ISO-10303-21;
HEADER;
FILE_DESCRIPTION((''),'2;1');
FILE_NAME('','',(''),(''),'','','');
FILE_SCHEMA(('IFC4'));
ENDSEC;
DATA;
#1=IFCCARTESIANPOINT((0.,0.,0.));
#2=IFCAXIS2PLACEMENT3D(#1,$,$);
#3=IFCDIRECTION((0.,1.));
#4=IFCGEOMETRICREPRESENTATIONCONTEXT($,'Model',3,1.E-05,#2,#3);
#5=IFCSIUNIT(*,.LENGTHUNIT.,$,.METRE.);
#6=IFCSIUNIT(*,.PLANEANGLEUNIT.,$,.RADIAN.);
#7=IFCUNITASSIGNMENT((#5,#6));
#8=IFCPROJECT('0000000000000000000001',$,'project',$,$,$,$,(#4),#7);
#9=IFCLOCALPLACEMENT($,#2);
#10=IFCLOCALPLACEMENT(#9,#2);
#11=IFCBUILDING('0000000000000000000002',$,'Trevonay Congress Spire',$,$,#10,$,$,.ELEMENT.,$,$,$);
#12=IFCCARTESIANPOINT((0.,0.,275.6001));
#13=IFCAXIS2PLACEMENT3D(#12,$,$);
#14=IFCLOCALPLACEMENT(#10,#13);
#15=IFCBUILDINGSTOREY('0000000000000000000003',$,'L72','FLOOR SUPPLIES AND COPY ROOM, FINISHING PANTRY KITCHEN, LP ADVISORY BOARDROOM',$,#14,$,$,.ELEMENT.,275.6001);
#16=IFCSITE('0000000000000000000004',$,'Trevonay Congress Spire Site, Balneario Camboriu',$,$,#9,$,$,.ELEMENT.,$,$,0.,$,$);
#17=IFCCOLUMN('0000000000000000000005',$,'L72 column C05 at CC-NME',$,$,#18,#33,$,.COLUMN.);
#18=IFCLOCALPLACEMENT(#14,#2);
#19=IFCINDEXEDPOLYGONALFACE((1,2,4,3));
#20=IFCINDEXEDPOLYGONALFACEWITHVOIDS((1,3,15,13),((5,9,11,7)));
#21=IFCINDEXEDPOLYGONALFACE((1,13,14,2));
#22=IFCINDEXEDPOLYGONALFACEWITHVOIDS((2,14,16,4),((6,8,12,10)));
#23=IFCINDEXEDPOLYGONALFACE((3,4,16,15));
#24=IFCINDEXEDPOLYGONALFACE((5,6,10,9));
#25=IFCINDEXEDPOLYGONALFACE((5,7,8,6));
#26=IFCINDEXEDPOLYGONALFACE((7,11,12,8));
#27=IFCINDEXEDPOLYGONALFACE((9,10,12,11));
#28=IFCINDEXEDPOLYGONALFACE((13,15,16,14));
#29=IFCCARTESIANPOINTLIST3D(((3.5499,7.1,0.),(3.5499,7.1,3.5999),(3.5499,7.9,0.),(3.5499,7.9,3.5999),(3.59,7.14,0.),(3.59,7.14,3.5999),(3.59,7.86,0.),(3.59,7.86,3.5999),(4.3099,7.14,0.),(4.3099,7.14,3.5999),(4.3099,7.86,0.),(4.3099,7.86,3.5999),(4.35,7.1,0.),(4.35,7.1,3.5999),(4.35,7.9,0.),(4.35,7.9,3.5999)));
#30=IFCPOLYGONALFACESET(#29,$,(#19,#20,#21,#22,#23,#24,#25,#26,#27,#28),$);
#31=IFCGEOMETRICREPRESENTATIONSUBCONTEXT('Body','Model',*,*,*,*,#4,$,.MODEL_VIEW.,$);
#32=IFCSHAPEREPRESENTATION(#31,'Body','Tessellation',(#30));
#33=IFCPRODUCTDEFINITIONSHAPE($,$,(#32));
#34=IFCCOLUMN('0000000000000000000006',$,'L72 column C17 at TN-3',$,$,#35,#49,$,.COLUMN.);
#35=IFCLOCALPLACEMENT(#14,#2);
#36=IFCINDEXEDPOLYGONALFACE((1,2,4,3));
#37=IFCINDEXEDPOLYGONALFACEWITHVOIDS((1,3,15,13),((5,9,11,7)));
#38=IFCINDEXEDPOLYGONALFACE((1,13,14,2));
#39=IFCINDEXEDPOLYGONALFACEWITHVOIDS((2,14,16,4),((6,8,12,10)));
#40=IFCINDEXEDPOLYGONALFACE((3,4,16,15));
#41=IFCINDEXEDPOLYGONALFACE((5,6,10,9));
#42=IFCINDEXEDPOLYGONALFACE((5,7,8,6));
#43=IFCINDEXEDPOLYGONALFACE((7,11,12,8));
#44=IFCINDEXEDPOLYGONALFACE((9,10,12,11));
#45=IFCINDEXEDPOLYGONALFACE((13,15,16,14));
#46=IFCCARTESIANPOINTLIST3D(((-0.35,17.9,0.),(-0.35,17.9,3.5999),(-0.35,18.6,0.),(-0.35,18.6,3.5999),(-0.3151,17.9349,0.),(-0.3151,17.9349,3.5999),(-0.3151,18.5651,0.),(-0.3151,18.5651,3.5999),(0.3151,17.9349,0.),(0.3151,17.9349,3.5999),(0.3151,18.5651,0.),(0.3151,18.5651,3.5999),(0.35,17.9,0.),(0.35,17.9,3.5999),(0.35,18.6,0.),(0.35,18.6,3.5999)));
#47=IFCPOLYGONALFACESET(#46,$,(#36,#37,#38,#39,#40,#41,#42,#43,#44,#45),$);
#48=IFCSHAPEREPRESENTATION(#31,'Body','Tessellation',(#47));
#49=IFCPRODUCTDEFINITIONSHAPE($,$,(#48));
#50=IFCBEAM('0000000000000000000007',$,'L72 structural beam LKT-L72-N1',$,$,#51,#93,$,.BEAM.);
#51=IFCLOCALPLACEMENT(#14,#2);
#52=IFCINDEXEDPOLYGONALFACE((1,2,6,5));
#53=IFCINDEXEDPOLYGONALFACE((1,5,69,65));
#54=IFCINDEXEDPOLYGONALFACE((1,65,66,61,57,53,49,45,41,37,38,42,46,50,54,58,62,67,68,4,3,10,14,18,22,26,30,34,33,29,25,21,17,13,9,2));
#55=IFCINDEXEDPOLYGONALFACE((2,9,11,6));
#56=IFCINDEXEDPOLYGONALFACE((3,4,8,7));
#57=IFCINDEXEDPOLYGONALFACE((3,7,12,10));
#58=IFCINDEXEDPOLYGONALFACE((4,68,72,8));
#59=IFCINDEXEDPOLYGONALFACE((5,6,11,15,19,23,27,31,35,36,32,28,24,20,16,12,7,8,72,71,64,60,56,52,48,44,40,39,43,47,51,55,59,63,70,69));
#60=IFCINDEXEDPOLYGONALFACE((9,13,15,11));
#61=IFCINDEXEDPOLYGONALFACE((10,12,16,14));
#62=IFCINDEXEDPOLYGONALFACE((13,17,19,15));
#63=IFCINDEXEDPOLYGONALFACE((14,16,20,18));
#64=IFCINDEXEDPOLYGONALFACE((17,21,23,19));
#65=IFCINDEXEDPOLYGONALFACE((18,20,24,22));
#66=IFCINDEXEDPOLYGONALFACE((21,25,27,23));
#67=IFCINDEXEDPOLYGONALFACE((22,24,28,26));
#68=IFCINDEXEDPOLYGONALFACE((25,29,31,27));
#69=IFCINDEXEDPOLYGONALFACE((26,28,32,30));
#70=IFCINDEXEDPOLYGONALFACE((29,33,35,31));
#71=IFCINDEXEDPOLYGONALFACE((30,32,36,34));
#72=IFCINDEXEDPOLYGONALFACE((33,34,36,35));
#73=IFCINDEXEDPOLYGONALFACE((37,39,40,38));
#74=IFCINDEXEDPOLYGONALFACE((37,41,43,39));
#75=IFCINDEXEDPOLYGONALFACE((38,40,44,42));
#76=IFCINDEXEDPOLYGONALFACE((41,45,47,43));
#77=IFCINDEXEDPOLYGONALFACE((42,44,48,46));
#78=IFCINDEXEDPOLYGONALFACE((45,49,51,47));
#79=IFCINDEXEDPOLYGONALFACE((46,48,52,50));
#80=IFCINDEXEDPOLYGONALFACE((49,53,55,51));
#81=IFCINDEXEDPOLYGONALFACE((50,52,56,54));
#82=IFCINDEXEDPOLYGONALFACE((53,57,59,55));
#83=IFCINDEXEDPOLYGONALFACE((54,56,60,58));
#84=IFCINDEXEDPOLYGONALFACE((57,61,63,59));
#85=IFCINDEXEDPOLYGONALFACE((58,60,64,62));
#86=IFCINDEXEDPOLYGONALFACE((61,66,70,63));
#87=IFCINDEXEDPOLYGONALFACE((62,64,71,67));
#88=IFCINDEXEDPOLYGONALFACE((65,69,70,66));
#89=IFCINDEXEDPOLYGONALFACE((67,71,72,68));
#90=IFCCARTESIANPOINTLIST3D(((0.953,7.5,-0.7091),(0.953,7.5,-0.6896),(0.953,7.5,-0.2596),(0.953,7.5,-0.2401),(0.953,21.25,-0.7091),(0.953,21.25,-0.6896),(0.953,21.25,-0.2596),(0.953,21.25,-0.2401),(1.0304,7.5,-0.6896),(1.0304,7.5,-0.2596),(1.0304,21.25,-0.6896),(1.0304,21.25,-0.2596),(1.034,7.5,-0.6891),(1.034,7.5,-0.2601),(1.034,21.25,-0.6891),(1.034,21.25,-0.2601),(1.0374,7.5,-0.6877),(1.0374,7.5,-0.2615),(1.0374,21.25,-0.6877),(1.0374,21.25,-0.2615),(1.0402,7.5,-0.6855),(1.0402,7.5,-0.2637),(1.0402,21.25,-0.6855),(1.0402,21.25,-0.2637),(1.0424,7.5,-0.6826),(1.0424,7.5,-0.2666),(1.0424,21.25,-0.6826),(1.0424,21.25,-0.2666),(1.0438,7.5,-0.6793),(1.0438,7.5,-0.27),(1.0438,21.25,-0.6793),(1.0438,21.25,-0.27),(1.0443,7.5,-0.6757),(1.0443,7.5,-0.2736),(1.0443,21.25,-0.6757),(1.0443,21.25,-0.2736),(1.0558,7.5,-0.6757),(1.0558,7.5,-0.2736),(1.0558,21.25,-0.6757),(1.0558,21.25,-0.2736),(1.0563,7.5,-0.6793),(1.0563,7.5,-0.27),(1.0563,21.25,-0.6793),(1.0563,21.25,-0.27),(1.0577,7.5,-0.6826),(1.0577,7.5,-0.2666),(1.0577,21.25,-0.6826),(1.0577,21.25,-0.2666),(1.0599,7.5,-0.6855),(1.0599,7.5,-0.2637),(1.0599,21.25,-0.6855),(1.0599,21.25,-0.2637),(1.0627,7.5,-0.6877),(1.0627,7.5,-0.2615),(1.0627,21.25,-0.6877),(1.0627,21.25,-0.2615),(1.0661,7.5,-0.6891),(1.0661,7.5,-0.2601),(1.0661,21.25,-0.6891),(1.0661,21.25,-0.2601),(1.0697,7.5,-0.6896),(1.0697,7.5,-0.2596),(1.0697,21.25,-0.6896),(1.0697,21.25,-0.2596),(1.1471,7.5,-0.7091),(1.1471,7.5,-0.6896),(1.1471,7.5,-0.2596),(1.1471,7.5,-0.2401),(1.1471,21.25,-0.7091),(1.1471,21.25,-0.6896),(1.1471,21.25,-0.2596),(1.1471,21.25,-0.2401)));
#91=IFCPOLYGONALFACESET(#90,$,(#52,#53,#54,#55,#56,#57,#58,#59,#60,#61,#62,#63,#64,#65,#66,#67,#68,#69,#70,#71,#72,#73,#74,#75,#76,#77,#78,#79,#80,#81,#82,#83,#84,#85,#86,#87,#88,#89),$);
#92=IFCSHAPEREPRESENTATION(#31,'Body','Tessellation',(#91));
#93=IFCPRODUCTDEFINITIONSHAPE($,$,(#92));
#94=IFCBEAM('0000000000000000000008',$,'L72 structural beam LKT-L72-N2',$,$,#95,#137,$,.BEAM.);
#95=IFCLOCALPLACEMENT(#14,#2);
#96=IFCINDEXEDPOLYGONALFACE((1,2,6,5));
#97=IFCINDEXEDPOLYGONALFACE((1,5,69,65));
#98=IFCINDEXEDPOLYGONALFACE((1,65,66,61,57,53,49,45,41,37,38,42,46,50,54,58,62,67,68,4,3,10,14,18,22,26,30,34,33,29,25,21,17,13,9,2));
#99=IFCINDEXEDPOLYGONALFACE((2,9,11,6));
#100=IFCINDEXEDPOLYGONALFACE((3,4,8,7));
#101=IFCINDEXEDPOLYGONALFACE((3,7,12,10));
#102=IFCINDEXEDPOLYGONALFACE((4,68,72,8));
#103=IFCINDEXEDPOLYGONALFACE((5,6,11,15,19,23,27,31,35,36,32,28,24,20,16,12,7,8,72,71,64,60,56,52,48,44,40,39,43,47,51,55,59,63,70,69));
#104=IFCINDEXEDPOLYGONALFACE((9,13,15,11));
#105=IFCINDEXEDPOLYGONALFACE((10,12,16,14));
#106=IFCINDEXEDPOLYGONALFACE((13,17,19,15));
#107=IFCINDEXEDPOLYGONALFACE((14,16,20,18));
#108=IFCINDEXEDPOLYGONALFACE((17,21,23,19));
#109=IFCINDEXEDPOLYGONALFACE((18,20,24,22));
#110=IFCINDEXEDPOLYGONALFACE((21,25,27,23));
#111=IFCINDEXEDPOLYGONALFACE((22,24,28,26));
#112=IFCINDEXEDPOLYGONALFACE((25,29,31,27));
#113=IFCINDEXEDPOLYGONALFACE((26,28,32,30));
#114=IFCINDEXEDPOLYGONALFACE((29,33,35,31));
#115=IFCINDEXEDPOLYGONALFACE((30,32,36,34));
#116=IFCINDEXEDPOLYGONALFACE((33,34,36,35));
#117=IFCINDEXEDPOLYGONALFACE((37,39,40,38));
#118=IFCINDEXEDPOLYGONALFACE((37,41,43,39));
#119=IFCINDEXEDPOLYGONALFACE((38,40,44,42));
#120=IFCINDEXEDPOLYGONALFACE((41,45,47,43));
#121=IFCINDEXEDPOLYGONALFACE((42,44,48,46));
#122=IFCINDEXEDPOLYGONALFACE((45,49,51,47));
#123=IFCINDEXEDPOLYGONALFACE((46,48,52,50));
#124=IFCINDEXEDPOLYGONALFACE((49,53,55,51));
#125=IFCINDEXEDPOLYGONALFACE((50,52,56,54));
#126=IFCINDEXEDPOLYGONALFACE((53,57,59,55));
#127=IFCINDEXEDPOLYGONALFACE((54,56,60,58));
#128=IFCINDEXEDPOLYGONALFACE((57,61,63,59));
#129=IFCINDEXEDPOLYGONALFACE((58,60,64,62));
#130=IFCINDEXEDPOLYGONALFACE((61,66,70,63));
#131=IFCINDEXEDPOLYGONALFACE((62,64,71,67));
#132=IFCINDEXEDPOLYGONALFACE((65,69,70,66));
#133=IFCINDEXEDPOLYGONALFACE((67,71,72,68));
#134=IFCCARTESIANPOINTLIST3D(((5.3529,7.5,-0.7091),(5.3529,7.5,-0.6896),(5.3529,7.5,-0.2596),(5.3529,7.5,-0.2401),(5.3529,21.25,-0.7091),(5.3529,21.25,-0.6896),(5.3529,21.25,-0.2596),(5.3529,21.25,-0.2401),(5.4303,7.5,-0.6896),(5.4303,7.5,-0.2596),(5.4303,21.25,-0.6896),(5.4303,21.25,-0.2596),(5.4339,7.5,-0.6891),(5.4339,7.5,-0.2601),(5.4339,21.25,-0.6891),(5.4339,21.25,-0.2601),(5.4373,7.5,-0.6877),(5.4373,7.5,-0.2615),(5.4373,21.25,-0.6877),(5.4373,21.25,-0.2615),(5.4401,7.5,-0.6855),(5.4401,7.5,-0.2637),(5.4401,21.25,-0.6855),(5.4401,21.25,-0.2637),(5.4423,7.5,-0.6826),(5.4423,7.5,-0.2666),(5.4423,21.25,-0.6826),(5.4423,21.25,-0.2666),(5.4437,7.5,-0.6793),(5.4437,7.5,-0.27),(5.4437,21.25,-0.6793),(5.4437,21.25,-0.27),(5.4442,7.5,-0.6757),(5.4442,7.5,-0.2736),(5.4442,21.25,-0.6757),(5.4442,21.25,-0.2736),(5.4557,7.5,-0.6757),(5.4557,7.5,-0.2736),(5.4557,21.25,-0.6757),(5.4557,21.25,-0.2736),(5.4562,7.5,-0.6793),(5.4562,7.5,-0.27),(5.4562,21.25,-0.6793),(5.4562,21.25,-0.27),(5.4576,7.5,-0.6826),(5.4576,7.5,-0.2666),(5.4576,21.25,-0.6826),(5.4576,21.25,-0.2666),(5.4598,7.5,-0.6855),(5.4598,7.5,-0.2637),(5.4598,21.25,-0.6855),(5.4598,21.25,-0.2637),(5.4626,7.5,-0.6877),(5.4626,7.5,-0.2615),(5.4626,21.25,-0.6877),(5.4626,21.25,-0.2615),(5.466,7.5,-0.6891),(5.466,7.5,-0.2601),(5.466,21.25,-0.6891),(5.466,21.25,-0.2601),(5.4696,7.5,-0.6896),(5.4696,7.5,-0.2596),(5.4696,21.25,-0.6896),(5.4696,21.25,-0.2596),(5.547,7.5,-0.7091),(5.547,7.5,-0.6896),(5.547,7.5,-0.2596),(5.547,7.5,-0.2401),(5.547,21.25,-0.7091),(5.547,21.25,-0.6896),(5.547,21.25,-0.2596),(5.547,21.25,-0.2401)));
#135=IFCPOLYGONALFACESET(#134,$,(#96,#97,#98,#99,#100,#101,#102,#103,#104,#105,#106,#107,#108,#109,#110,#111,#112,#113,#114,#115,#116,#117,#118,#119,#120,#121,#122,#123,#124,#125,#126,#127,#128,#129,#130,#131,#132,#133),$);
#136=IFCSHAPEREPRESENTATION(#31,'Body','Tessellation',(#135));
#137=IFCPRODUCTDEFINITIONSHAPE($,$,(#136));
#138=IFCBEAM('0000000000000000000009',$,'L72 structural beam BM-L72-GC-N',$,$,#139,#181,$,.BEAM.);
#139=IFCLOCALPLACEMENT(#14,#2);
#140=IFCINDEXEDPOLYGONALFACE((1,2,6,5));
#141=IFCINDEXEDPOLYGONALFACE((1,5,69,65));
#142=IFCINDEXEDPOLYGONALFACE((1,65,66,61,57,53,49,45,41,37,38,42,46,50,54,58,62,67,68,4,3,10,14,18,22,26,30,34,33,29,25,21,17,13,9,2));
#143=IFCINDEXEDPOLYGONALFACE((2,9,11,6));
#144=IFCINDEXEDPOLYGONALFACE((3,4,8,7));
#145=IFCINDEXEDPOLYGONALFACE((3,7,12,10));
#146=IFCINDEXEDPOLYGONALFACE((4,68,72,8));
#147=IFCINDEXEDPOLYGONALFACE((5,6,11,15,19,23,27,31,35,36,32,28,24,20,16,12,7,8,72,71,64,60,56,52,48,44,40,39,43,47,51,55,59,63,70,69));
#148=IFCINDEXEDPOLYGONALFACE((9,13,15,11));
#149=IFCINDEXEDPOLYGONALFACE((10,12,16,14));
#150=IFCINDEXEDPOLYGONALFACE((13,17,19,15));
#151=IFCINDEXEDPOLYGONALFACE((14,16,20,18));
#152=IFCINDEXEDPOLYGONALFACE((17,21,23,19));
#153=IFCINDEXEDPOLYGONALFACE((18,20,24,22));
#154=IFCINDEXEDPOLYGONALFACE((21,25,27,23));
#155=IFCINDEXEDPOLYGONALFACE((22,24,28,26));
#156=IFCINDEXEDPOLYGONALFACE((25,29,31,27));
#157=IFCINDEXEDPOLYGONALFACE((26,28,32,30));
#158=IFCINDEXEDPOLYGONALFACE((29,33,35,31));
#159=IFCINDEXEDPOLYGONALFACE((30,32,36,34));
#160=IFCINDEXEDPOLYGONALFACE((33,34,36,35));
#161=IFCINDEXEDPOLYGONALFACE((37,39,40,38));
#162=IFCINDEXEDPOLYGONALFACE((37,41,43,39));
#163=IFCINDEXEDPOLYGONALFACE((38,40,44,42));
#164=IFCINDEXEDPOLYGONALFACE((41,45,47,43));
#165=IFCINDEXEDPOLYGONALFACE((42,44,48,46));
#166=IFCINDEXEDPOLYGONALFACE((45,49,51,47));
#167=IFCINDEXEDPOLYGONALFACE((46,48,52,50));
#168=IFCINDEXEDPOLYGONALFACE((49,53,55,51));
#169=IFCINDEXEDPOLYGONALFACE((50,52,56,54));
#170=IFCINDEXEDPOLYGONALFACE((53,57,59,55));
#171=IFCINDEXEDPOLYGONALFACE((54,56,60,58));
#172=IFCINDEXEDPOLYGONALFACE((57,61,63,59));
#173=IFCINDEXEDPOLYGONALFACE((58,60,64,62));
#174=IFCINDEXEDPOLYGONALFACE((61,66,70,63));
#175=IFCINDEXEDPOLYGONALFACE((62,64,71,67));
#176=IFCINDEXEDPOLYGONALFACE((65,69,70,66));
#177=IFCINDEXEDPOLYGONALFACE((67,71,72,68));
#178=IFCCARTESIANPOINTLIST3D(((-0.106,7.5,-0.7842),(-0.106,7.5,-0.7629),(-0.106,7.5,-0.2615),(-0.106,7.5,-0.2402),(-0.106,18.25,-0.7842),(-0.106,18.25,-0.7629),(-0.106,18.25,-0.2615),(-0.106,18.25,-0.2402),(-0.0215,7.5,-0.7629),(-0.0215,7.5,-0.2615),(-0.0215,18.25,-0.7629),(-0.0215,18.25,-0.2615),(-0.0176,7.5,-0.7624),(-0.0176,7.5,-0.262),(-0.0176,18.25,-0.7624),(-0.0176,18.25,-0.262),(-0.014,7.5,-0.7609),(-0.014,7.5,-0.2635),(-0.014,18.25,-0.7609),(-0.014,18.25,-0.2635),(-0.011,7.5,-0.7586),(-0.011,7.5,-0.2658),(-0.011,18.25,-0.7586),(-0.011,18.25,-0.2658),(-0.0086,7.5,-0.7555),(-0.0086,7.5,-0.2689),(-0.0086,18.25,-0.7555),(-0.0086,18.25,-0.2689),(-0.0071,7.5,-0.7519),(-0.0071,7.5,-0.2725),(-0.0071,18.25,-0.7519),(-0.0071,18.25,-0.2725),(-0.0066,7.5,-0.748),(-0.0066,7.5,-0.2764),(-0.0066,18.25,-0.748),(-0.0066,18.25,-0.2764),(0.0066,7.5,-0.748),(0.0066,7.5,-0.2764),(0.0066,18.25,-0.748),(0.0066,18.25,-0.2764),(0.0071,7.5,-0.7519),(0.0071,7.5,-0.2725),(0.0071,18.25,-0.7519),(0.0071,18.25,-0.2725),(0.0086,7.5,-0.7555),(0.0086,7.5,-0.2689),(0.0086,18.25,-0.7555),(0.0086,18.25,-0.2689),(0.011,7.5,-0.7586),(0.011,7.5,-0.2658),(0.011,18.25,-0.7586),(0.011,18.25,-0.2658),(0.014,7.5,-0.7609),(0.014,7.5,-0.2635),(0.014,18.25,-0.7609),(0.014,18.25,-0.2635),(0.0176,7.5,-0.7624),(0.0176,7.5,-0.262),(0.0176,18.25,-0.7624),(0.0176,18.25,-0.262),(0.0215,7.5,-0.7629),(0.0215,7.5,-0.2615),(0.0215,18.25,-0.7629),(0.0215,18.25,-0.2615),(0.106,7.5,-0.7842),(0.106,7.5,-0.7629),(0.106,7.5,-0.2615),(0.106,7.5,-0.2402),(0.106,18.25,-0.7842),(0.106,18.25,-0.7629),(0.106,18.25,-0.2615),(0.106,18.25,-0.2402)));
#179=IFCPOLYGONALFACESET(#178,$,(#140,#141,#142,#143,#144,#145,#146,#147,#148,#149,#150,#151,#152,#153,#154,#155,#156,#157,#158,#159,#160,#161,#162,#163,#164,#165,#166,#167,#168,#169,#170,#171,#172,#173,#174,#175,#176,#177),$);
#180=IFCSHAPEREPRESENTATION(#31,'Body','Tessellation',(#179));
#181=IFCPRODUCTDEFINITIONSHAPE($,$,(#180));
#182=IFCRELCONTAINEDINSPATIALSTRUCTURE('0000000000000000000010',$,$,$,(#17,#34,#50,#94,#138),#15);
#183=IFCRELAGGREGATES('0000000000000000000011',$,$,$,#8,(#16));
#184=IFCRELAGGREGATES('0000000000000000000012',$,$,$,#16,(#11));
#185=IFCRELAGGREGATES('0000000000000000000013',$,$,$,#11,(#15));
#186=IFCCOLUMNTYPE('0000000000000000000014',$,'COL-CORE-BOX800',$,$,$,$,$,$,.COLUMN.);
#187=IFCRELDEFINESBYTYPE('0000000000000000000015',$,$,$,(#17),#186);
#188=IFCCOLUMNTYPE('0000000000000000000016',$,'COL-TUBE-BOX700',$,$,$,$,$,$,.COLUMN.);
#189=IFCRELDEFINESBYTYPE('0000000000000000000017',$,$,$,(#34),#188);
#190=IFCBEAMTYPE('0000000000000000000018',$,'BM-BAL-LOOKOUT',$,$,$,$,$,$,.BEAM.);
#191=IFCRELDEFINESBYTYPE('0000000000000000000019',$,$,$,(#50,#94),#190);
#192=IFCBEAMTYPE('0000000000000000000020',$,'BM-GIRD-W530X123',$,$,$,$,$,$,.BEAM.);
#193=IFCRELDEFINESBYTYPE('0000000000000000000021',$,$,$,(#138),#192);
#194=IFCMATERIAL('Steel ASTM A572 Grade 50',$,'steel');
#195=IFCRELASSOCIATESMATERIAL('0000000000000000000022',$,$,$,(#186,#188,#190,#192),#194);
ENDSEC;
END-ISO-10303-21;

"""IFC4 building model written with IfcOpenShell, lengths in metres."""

from ifc_helpers import new_model, si_unit, direction, frame, origin, origin_2d, place, context, subcontext, project, spatial, hollow_rectangle, i_section, extrude, material, material_profile, profile_set, type_object, element, save


model = new_model("IFC4")

# Units and contexts
model_context = context("Model", 3, precision=1e-05, world=origin(), true_north=direction((0.0, 1.0)))
body_context = subcontext(model_context, "Body", "Model", "MODEL_VIEW")
ifc_project = project(units=[si_unit("LENGTHUNIT", "METRE"), si_unit("PLANEANGLEUNIT", "RADIAN")], contexts=[model_context])

# Site, building, storey
site_placement = place(None, origin())
site = spatial("IfcSite", under=ifc_project, at=site_placement, Name="Trevonay Congress Spire Site, Balneario Camboriu", CompositionType="ELEMENT", RefElevation=0.0)
building_placement = place(site_placement, origin())
building = spatial("IfcBuilding", under=site, at=building_placement, Name="Trevonay Congress Spire", CompositionType="ELEMENT")
storey_placement = place(building_placement, frame((0.0, 0.0, 275.6001)))
storey = spatial("IfcBuildingStorey", under=building, at=storey_placement, Name="L72", Description="FLOOR SUPPLIES AND COPY ROOM, FINISHING PANTRY KITCHEN, LP ADVISORY BOARDROOM", CompositionType="ELEMENT", Elevation=275.6001)

# Columns
ifc_material_1 = material(Name="Steel ASTM A572 Grade 50", Category="steel")
ifc_material_profile_1 = material_profile(ifc_material_1, hollow_rectangle(XDim=0.8, YDim=0.8, WallThickness=0.04, at=origin_2d()), Name="BOX 800x800x40")
ifc_profile_set_1 = profile_set([ifc_material_profile_1], Name="Steel ASTM A572 Grade 50")
column_type_1 = type_object("IfcColumnType", Name="COL-CORE-BOX800", PredefinedType="COLUMN", material=ifc_profile_set_1)
column_1_placement = place(storey_placement, frame((3.95, 7.5, 0.0), z_axis=(0.0, 0.0, 1.0), x_axis=(1.0, 0.0, 0.0)))
element("IfcColumn", 1, at=column_1_placement, inside=storey, type_object=column_type_1, Name="L72 column C05 at CC-NME", PredefinedType="COLUMN", context=body_context, shape_type="SweptSolid", body=[
    extrude(hollow_rectangle(XDim=0.8, YDim=0.8, WallThickness=0.04, at=origin_2d()), origin(), (0.0, 0.0, 1.0), 3.5999),
])
ifc_material_profile_2 = material_profile(ifc_material_1, hollow_rectangle(XDim=0.7, YDim=0.7, WallThickness=0.0349, at=origin_2d()), Name="BOX 700x700x35")
ifc_profile_set_2 = profile_set([ifc_material_profile_2], Name="Steel ASTM A572 Grade 50")
column_type_2 = type_object("IfcColumnType", Name="COL-TUBE-BOX700", PredefinedType="COLUMN", material=ifc_profile_set_2)
column_2_placement = place(storey_placement, frame((0.0, 18.25, 0.0), z_axis=(0.0, 0.0, 1.0), x_axis=(1.0, 0.0, 0.0)))
element("IfcColumn", 2, at=column_2_placement, inside=storey, type_object=column_type_2, Name="L72 column C17 at TN-3", PredefinedType="COLUMN", context=body_context, shape_type="SweptSolid", body=[
    extrude(hollow_rectangle(XDim=0.7, YDim=0.7, WallThickness=0.0349, at=origin_2d()), origin(), (0.0, 0.0, 1.0), 3.5999),
])

# Beams
ifc_material_profile_3 = material_profile(ifc_material_1, i_section(OverallWidth=0.1941, OverallDepth=0.469, WebThickness=0.0115, FlangeThickness=0.0195, FilletRadius=0.0139, at=origin_2d()), Name="W460x106")
ifc_profile_set_3 = profile_set([ifc_material_profile_3], Name="Steel ASTM A572 Grade 50")
beam_type_1 = type_object("IfcBeamType", Name="BM-BAL-LOOKOUT", PredefinedType="BEAM", material=ifc_profile_set_3)
for number, where, z_axis, x_axis, name in (
    (3, (1.05, 7.5, -0.4746), (0.0, 1.0, 0.0), (-1.0, 0.0, 0.0), "L72 structural beam LKT-L72-N1"),
    (4, (5.45, 7.5, -0.4746), (0.0, 1.0, 0.0), (-1.0, 0.0, 0.0), "L72 structural beam LKT-L72-N2"),
):
    element("IfcBeam", number, at=place(storey_placement, frame(where, z_axis=z_axis, x_axis=x_axis)), inside=storey, type_object=beam_type_1, Name=name, PredefinedType="BEAM", context=body_context, shape_type="SweptSolid", body=[
        extrude(i_section(OverallWidth=0.1941, OverallDepth=0.469, WebThickness=0.0115, FlangeThickness=0.0195, FilletRadius=0.0139, at=origin_2d()), origin(), (0.0, 0.0, 1.0), 13.75),
    ])
ifc_material_profile_4 = material_profile(ifc_material_1, i_section(OverallWidth=0.2119, OverallDepth=0.5439, WebThickness=0.0132, FlangeThickness=0.0212, FilletRadius=0.0149, at=origin_2d()), Name="W530x123")
ifc_profile_set_4 = profile_set([ifc_material_profile_4], Name="Steel ASTM A572 Grade 50")
beam_type_2 = type_object("IfcBeamType", Name="BM-GIRD-W530X123", PredefinedType="BEAM", material=ifc_profile_set_4)
beam_1_placement = place(storey_placement, frame((0.0, 7.5, -0.5122), z_axis=(0.0, 1.0, 0.0), x_axis=(-1.0, 0.0, 0.0)))
element("IfcBeam", 5, at=beam_1_placement, inside=storey, type_object=beam_type_2, Name="L72 structural beam BM-L72-GC-N", PredefinedType="BEAM", context=body_context, shape_type="SweptSolid", body=[
    extrude(i_section(OverallWidth=0.2119, OverallDepth=0.5439, WebThickness=0.0132, FlangeThickness=0.0212, FilletRadius=0.0149, at=origin_2d()), origin(), (0.0, 0.0, 1.0), 10.75),
])

save(model, "model.ifc")
